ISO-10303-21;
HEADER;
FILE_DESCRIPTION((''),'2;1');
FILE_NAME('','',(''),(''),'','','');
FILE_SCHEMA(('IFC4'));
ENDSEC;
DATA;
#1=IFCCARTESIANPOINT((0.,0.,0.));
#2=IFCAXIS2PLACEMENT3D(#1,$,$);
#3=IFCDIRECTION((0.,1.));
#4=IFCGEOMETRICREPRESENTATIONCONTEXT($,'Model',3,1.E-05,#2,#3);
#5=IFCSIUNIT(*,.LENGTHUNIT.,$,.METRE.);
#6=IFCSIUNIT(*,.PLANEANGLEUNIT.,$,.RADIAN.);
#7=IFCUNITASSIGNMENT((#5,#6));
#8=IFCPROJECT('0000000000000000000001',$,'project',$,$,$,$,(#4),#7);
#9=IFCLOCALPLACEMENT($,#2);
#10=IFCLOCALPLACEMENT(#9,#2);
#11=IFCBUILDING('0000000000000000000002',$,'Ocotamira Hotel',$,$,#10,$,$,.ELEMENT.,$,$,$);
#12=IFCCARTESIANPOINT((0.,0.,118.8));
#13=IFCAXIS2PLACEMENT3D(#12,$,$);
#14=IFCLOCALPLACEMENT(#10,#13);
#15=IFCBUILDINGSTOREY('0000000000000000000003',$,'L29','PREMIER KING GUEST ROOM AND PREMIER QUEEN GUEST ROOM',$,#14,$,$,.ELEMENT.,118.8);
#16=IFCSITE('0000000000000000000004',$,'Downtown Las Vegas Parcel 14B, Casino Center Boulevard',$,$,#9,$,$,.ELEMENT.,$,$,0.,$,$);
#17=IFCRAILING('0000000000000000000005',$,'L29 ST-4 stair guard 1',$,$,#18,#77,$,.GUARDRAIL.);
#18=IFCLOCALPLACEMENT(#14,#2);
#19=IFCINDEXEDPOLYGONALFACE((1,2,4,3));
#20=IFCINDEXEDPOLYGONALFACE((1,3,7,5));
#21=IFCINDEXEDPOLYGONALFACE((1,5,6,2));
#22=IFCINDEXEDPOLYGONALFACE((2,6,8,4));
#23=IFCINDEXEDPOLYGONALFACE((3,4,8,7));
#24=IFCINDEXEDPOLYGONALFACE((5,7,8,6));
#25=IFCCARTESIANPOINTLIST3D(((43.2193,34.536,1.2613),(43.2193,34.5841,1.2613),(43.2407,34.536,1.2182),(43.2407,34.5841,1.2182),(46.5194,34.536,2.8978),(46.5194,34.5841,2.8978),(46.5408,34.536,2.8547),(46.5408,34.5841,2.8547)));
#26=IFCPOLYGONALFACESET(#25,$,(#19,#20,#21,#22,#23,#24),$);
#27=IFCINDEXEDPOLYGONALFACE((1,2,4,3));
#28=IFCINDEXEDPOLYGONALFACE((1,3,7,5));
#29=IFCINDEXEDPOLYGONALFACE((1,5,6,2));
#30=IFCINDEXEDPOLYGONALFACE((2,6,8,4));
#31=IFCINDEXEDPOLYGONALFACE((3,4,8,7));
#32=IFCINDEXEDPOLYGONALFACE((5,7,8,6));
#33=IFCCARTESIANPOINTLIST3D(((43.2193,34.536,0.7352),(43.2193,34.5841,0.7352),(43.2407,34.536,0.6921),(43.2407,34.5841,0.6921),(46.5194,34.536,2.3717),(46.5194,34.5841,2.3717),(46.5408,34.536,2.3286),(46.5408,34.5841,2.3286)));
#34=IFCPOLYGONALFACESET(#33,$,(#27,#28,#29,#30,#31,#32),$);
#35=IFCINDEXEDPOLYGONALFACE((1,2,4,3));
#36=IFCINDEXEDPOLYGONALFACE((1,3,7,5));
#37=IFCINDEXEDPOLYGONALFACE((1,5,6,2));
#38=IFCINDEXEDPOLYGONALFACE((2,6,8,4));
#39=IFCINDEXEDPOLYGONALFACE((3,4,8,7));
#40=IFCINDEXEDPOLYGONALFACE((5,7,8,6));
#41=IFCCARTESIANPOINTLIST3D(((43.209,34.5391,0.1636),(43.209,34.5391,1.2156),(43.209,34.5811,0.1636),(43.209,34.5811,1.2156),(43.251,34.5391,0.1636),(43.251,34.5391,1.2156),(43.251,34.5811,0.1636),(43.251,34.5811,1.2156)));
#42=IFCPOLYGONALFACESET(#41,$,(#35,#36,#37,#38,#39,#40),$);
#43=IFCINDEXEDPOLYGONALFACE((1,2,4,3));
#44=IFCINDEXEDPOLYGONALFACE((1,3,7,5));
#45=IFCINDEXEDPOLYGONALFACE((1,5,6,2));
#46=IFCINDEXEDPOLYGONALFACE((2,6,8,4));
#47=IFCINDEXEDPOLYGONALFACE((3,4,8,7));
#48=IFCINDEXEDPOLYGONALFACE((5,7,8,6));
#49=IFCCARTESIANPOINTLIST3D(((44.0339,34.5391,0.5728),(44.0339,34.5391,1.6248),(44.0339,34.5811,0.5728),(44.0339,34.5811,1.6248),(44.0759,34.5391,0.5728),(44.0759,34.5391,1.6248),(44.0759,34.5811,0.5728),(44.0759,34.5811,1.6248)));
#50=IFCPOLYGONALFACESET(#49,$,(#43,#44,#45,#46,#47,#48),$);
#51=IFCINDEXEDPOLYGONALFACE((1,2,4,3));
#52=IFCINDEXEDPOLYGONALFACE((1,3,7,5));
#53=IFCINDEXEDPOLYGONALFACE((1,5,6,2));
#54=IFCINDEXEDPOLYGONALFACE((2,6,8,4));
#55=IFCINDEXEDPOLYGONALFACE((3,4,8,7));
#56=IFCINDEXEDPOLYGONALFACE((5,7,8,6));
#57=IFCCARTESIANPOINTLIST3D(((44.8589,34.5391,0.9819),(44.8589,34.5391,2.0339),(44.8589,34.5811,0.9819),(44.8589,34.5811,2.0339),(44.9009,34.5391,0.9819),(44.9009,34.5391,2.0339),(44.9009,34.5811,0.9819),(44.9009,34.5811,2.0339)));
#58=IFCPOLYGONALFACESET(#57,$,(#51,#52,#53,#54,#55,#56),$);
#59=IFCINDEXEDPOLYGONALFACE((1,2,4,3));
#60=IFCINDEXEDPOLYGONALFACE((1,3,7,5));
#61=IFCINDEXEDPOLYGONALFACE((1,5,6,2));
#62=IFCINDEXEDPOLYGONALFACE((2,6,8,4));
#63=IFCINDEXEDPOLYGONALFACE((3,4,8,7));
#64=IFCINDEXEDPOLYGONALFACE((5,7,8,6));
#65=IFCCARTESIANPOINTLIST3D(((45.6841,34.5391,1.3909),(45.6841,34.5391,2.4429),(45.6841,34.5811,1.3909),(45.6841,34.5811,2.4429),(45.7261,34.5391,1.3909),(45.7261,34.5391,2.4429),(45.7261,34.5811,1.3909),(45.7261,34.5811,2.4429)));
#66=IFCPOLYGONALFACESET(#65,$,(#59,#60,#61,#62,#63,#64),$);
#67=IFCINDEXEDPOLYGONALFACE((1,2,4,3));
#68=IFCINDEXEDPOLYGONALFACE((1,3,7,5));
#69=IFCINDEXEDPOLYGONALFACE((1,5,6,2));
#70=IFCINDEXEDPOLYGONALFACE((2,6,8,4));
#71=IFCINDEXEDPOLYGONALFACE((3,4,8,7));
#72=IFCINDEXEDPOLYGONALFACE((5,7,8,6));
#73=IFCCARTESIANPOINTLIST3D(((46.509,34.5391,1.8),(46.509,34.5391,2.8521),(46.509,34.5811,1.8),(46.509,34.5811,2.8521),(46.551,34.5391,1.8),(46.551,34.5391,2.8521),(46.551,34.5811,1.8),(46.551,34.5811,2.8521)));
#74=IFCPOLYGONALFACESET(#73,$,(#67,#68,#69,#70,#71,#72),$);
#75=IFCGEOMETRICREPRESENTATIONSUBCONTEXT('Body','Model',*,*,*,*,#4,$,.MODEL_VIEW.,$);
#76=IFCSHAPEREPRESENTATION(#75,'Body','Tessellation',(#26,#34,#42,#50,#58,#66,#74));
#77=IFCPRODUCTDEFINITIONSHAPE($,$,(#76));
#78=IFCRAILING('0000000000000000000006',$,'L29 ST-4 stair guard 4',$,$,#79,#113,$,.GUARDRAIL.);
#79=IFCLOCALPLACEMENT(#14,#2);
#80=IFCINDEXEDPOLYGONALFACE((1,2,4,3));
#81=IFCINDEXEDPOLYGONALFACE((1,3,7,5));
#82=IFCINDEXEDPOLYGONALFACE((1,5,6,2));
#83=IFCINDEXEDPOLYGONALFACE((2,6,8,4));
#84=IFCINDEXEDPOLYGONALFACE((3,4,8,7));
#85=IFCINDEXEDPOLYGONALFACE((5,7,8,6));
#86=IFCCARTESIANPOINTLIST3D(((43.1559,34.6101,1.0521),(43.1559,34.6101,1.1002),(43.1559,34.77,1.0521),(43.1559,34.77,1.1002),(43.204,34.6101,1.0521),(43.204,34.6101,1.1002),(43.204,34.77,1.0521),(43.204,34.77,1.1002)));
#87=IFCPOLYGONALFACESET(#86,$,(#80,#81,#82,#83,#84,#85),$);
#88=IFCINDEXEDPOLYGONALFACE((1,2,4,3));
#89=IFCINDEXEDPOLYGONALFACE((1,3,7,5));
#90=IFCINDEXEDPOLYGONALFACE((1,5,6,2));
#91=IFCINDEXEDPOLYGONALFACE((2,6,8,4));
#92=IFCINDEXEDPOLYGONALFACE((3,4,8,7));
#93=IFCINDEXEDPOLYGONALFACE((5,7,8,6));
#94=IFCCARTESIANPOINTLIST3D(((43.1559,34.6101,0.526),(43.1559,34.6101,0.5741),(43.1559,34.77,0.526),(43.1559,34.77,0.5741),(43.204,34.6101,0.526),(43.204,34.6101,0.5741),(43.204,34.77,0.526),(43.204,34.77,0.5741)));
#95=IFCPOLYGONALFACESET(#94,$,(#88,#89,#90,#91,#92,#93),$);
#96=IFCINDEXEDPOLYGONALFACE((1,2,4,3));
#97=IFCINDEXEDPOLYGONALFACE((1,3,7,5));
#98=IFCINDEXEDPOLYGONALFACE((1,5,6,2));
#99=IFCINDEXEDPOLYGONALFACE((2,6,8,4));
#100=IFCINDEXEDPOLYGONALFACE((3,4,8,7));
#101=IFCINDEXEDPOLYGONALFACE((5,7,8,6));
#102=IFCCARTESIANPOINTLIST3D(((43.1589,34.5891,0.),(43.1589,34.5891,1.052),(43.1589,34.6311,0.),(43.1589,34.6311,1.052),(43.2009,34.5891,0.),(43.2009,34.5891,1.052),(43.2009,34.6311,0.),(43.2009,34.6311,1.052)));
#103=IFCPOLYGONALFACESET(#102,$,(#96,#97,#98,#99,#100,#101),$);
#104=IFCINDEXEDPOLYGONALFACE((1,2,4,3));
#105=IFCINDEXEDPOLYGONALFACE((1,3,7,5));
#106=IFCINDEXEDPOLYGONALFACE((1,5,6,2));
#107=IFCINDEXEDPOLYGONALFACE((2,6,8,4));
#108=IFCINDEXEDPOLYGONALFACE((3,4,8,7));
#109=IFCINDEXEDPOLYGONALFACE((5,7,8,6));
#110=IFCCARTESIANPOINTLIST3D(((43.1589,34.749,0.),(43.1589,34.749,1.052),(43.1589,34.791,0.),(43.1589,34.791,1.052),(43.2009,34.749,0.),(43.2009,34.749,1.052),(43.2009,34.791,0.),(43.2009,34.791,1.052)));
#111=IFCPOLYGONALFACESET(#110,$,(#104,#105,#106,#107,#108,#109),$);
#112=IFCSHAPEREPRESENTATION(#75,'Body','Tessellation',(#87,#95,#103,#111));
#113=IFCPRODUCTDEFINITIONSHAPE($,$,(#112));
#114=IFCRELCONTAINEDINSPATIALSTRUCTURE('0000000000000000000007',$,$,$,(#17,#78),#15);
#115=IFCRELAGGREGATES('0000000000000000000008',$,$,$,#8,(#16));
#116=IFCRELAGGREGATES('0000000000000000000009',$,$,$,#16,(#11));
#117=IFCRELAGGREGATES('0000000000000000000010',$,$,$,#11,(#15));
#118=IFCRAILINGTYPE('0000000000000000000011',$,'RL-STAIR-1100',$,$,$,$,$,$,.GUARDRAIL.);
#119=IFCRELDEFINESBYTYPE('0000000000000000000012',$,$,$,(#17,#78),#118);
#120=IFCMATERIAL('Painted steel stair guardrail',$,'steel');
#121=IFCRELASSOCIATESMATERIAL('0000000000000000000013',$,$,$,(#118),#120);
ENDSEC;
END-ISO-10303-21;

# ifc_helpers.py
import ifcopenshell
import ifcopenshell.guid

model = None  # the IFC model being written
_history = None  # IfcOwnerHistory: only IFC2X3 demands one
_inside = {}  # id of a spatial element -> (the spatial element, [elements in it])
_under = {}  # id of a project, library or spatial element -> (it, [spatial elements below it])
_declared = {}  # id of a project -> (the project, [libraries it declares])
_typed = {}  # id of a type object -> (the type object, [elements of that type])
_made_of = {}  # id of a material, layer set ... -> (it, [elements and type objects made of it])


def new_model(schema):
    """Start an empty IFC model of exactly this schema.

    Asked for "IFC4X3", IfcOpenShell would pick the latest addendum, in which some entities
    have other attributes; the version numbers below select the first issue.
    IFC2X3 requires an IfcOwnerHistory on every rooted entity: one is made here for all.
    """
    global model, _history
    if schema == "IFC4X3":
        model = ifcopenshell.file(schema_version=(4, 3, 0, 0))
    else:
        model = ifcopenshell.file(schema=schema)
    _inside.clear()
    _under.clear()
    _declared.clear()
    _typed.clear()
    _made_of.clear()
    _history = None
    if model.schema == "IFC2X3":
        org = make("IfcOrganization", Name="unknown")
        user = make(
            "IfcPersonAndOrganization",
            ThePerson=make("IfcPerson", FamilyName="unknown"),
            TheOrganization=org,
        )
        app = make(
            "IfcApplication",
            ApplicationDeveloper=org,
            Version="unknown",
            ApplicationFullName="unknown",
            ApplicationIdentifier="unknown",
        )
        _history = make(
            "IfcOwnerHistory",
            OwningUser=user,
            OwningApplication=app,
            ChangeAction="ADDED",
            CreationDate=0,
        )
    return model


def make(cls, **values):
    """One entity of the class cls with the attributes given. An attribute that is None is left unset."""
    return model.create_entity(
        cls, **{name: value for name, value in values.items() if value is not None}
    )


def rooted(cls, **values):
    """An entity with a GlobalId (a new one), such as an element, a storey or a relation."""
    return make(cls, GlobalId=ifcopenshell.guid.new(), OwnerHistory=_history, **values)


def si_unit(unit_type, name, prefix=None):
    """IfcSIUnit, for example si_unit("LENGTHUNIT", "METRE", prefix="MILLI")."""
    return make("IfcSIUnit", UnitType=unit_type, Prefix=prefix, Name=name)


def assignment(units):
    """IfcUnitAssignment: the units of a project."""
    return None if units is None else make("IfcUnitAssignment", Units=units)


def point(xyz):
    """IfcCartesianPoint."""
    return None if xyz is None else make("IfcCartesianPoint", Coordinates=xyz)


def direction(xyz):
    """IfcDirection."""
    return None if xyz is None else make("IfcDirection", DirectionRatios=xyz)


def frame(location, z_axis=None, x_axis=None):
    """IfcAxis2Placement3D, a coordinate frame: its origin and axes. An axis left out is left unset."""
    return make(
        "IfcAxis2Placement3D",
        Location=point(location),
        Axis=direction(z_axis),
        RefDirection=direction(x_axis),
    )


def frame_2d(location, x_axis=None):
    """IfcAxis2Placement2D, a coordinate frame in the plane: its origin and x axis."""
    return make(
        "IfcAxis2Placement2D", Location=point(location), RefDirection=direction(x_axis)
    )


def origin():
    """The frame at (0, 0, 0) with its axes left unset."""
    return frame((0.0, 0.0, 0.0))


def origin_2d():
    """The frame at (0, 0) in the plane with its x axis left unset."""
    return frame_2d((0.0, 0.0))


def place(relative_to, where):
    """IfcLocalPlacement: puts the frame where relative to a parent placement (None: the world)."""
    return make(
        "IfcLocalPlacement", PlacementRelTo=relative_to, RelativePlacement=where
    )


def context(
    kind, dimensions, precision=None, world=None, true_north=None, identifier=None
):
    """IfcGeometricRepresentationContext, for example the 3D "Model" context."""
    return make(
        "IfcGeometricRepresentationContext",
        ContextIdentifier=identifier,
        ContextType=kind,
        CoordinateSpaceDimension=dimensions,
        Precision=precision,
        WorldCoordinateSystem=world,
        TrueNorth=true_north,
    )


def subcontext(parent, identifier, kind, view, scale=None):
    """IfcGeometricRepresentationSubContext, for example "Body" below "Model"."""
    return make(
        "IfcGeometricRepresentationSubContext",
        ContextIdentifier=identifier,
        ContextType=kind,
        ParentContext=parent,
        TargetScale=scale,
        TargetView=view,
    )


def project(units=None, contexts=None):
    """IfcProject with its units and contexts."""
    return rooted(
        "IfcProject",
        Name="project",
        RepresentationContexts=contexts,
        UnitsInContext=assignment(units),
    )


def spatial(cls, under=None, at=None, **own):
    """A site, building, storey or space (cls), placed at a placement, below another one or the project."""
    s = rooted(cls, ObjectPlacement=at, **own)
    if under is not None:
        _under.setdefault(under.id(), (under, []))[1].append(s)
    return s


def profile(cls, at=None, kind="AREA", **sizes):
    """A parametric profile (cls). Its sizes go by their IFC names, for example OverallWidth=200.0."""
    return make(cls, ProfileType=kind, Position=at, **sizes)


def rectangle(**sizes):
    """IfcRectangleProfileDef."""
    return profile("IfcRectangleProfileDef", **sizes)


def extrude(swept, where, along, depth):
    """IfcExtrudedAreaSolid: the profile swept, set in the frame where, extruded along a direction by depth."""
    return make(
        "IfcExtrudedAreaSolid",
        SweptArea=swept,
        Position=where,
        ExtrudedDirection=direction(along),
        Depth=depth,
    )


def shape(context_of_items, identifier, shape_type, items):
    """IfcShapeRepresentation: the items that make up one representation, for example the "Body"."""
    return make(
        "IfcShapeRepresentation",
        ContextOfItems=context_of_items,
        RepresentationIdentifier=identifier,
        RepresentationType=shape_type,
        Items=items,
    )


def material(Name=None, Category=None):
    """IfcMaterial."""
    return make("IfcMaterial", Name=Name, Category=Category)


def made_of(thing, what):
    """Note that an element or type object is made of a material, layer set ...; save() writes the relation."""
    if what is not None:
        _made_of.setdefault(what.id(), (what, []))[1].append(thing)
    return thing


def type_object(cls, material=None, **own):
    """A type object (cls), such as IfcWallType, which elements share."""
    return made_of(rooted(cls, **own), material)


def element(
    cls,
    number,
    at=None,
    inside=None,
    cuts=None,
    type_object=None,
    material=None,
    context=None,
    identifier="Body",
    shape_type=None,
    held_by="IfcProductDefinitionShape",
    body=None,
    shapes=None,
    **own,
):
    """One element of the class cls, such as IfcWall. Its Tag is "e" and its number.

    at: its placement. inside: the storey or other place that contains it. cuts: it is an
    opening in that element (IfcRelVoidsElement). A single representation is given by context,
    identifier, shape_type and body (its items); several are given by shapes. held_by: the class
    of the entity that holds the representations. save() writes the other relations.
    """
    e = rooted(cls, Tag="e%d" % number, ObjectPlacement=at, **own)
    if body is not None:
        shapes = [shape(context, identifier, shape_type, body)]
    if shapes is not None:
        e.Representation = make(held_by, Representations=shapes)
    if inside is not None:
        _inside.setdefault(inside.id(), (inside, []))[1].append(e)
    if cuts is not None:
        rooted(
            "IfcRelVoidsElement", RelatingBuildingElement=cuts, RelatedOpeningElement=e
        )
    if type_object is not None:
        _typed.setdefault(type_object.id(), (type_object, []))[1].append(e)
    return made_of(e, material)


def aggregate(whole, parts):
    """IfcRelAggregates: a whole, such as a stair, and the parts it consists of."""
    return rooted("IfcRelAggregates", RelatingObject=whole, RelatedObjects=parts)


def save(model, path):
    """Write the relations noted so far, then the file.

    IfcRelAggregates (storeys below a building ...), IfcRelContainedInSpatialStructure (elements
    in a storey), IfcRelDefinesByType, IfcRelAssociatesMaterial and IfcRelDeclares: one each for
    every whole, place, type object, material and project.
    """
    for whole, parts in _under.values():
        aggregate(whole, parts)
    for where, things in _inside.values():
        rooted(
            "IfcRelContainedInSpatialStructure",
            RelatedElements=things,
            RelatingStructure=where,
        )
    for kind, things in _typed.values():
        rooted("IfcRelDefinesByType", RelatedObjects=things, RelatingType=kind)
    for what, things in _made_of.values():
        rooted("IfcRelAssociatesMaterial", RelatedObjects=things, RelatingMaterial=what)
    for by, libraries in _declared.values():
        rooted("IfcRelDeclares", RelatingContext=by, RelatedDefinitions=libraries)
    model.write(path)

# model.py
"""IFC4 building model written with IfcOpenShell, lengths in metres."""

from ifc_helpers import new_model, si_unit, direction, frame, origin, origin_2d, place, context, subcontext, project, spatial, rectangle, extrude, material, type_object, element, save


model = new_model("IFC4")

# Units and contexts
model_context = context("Model", 3, precision=1e-05, world=origin(), true_north=direction((0.0, 1.0)))
body_context = subcontext(model_context, "Body", "Model", "MODEL_VIEW")
ifc_project = project(units=[si_unit("LENGTHUNIT", "METRE"), si_unit("PLANEANGLEUNIT", "RADIAN")], contexts=[model_context])

# Site, building, storey
site_placement = place(None, origin())
site = spatial("IfcSite", under=ifc_project, at=site_placement, Name="Downtown Las Vegas Parcel 14B, Casino Center Boulevard", CompositionType="ELEMENT", RefElevation=0.0)
building_placement = place(site_placement, origin())
building = spatial("IfcBuilding", under=site, at=building_placement, Name="Ocotamira Hotel", CompositionType="ELEMENT")
storey_placement = place(building_placement, frame((0.0, 0.0, 118.8)))
storey = spatial("IfcBuildingStorey", under=building, at=storey_placement, Name="L29", Description="PREMIER KING GUEST ROOM AND PREMIER QUEEN GUEST ROOM", CompositionType="ELEMENT", Elevation=118.8)

# Railings
ifc_material_1 = material(Name="Painted steel stair guardrail", Category="steel")
railing_type_1 = type_object("IfcRailingType", Name="RL-STAIR-1100", PredefinedType="GUARDRAIL", material=ifc_material_1)
railing_1_placement = place(storey_placement, frame((43.23, 34.5601, 0.1636)))
element("IfcRailing", 1, at=railing_1_placement, inside=storey, type_object=railing_type_1, Name="L29 ST-4 stair guard 1", PredefinedType="GUARDRAIL", context=body_context, shape_type="SweptSolid", body=[
    extrude(rectangle(XDim=0.0481, YDim=0.0481, at=origin_2d()), frame((0.0, 0.0, 1.0762), z_axis=(0.895894, 0.0, 0.444268), x_axis=(0.0, 1.0, 0.0)), (0.0, 0.0, 1.0), 3.6836),
    extrude(rectangle(XDim=0.0481, YDim=0.0481, at=origin_2d()), frame((0.0, 0.0, 0.55), z_axis=(0.895894, 0.0, 0.444268), x_axis=(0.0, 1.0, 0.0)), (0.0, 0.0, 1.0), 3.6836),
    extrude(rectangle(XDim=0.042, YDim=0.042, at=origin_2d()), origin(), (0.0, 0.0, 1.0), 1.052),
    extrude(rectangle(XDim=0.042, YDim=0.042, at=origin_2d()), frame((0.825, 0.0, 0.4092)), (0.0, 0.0, 1.0), 1.052),
    extrude(rectangle(XDim=0.042, YDim=0.042, at=origin_2d()), frame((1.6499, 0.0, 0.8184)), (0.0, 0.0, 1.0), 1.052),
    extrude(rectangle(XDim=0.042, YDim=0.042, at=origin_2d()), frame((2.4751, 0.0, 1.2273)), (0.0, 0.0, 1.0), 1.052),
    extrude(rectangle(XDim=0.042, YDim=0.042, at=origin_2d()), frame((3.3, 0.0, 1.6365)), (0.0, 0.0, 1.0), 1.052),
])
railing_2_placement = place(storey_placement, frame((43.1799, 34.6101, 0.0)))
element("IfcRailing", 2, at=railing_2_placement, inside=storey, type_object=railing_type_1, Name="L29 ST-4 stair guard 4", PredefinedType="GUARDRAIL", context=body_context, shape_type="SweptSolid", body=[
    extrude(rectangle(XDim=0.0481, YDim=0.0481, at=origin_2d()), frame((0.0, 0.0, 1.0762), z_axis=(0.0, 1.0, 0.0), x_axis=(-1.0, 0.0, 0.0)), (0.0, 0.0, 1.0), 0.1599),
    extrude(rectangle(XDim=0.0481, YDim=0.0481, at=origin_2d()), frame((0.0, 0.0, 0.55), z_axis=(0.0, 1.0, 0.0), x_axis=(-1.0, 0.0, 0.0)), (0.0, 0.0, 1.0), 0.1599),
    extrude(rectangle(XDim=0.042, YDim=0.042, at=origin_2d()), origin(), (0.0, 0.0, 1.0), 1.052),
    extrude(rectangle(XDim=0.042, YDim=0.042, at=origin_2d()), frame((0.0, 0.1599, 0.0)), (0.0, 0.0, 1.0), 1.052),
])

save(model, "model.ifc")
